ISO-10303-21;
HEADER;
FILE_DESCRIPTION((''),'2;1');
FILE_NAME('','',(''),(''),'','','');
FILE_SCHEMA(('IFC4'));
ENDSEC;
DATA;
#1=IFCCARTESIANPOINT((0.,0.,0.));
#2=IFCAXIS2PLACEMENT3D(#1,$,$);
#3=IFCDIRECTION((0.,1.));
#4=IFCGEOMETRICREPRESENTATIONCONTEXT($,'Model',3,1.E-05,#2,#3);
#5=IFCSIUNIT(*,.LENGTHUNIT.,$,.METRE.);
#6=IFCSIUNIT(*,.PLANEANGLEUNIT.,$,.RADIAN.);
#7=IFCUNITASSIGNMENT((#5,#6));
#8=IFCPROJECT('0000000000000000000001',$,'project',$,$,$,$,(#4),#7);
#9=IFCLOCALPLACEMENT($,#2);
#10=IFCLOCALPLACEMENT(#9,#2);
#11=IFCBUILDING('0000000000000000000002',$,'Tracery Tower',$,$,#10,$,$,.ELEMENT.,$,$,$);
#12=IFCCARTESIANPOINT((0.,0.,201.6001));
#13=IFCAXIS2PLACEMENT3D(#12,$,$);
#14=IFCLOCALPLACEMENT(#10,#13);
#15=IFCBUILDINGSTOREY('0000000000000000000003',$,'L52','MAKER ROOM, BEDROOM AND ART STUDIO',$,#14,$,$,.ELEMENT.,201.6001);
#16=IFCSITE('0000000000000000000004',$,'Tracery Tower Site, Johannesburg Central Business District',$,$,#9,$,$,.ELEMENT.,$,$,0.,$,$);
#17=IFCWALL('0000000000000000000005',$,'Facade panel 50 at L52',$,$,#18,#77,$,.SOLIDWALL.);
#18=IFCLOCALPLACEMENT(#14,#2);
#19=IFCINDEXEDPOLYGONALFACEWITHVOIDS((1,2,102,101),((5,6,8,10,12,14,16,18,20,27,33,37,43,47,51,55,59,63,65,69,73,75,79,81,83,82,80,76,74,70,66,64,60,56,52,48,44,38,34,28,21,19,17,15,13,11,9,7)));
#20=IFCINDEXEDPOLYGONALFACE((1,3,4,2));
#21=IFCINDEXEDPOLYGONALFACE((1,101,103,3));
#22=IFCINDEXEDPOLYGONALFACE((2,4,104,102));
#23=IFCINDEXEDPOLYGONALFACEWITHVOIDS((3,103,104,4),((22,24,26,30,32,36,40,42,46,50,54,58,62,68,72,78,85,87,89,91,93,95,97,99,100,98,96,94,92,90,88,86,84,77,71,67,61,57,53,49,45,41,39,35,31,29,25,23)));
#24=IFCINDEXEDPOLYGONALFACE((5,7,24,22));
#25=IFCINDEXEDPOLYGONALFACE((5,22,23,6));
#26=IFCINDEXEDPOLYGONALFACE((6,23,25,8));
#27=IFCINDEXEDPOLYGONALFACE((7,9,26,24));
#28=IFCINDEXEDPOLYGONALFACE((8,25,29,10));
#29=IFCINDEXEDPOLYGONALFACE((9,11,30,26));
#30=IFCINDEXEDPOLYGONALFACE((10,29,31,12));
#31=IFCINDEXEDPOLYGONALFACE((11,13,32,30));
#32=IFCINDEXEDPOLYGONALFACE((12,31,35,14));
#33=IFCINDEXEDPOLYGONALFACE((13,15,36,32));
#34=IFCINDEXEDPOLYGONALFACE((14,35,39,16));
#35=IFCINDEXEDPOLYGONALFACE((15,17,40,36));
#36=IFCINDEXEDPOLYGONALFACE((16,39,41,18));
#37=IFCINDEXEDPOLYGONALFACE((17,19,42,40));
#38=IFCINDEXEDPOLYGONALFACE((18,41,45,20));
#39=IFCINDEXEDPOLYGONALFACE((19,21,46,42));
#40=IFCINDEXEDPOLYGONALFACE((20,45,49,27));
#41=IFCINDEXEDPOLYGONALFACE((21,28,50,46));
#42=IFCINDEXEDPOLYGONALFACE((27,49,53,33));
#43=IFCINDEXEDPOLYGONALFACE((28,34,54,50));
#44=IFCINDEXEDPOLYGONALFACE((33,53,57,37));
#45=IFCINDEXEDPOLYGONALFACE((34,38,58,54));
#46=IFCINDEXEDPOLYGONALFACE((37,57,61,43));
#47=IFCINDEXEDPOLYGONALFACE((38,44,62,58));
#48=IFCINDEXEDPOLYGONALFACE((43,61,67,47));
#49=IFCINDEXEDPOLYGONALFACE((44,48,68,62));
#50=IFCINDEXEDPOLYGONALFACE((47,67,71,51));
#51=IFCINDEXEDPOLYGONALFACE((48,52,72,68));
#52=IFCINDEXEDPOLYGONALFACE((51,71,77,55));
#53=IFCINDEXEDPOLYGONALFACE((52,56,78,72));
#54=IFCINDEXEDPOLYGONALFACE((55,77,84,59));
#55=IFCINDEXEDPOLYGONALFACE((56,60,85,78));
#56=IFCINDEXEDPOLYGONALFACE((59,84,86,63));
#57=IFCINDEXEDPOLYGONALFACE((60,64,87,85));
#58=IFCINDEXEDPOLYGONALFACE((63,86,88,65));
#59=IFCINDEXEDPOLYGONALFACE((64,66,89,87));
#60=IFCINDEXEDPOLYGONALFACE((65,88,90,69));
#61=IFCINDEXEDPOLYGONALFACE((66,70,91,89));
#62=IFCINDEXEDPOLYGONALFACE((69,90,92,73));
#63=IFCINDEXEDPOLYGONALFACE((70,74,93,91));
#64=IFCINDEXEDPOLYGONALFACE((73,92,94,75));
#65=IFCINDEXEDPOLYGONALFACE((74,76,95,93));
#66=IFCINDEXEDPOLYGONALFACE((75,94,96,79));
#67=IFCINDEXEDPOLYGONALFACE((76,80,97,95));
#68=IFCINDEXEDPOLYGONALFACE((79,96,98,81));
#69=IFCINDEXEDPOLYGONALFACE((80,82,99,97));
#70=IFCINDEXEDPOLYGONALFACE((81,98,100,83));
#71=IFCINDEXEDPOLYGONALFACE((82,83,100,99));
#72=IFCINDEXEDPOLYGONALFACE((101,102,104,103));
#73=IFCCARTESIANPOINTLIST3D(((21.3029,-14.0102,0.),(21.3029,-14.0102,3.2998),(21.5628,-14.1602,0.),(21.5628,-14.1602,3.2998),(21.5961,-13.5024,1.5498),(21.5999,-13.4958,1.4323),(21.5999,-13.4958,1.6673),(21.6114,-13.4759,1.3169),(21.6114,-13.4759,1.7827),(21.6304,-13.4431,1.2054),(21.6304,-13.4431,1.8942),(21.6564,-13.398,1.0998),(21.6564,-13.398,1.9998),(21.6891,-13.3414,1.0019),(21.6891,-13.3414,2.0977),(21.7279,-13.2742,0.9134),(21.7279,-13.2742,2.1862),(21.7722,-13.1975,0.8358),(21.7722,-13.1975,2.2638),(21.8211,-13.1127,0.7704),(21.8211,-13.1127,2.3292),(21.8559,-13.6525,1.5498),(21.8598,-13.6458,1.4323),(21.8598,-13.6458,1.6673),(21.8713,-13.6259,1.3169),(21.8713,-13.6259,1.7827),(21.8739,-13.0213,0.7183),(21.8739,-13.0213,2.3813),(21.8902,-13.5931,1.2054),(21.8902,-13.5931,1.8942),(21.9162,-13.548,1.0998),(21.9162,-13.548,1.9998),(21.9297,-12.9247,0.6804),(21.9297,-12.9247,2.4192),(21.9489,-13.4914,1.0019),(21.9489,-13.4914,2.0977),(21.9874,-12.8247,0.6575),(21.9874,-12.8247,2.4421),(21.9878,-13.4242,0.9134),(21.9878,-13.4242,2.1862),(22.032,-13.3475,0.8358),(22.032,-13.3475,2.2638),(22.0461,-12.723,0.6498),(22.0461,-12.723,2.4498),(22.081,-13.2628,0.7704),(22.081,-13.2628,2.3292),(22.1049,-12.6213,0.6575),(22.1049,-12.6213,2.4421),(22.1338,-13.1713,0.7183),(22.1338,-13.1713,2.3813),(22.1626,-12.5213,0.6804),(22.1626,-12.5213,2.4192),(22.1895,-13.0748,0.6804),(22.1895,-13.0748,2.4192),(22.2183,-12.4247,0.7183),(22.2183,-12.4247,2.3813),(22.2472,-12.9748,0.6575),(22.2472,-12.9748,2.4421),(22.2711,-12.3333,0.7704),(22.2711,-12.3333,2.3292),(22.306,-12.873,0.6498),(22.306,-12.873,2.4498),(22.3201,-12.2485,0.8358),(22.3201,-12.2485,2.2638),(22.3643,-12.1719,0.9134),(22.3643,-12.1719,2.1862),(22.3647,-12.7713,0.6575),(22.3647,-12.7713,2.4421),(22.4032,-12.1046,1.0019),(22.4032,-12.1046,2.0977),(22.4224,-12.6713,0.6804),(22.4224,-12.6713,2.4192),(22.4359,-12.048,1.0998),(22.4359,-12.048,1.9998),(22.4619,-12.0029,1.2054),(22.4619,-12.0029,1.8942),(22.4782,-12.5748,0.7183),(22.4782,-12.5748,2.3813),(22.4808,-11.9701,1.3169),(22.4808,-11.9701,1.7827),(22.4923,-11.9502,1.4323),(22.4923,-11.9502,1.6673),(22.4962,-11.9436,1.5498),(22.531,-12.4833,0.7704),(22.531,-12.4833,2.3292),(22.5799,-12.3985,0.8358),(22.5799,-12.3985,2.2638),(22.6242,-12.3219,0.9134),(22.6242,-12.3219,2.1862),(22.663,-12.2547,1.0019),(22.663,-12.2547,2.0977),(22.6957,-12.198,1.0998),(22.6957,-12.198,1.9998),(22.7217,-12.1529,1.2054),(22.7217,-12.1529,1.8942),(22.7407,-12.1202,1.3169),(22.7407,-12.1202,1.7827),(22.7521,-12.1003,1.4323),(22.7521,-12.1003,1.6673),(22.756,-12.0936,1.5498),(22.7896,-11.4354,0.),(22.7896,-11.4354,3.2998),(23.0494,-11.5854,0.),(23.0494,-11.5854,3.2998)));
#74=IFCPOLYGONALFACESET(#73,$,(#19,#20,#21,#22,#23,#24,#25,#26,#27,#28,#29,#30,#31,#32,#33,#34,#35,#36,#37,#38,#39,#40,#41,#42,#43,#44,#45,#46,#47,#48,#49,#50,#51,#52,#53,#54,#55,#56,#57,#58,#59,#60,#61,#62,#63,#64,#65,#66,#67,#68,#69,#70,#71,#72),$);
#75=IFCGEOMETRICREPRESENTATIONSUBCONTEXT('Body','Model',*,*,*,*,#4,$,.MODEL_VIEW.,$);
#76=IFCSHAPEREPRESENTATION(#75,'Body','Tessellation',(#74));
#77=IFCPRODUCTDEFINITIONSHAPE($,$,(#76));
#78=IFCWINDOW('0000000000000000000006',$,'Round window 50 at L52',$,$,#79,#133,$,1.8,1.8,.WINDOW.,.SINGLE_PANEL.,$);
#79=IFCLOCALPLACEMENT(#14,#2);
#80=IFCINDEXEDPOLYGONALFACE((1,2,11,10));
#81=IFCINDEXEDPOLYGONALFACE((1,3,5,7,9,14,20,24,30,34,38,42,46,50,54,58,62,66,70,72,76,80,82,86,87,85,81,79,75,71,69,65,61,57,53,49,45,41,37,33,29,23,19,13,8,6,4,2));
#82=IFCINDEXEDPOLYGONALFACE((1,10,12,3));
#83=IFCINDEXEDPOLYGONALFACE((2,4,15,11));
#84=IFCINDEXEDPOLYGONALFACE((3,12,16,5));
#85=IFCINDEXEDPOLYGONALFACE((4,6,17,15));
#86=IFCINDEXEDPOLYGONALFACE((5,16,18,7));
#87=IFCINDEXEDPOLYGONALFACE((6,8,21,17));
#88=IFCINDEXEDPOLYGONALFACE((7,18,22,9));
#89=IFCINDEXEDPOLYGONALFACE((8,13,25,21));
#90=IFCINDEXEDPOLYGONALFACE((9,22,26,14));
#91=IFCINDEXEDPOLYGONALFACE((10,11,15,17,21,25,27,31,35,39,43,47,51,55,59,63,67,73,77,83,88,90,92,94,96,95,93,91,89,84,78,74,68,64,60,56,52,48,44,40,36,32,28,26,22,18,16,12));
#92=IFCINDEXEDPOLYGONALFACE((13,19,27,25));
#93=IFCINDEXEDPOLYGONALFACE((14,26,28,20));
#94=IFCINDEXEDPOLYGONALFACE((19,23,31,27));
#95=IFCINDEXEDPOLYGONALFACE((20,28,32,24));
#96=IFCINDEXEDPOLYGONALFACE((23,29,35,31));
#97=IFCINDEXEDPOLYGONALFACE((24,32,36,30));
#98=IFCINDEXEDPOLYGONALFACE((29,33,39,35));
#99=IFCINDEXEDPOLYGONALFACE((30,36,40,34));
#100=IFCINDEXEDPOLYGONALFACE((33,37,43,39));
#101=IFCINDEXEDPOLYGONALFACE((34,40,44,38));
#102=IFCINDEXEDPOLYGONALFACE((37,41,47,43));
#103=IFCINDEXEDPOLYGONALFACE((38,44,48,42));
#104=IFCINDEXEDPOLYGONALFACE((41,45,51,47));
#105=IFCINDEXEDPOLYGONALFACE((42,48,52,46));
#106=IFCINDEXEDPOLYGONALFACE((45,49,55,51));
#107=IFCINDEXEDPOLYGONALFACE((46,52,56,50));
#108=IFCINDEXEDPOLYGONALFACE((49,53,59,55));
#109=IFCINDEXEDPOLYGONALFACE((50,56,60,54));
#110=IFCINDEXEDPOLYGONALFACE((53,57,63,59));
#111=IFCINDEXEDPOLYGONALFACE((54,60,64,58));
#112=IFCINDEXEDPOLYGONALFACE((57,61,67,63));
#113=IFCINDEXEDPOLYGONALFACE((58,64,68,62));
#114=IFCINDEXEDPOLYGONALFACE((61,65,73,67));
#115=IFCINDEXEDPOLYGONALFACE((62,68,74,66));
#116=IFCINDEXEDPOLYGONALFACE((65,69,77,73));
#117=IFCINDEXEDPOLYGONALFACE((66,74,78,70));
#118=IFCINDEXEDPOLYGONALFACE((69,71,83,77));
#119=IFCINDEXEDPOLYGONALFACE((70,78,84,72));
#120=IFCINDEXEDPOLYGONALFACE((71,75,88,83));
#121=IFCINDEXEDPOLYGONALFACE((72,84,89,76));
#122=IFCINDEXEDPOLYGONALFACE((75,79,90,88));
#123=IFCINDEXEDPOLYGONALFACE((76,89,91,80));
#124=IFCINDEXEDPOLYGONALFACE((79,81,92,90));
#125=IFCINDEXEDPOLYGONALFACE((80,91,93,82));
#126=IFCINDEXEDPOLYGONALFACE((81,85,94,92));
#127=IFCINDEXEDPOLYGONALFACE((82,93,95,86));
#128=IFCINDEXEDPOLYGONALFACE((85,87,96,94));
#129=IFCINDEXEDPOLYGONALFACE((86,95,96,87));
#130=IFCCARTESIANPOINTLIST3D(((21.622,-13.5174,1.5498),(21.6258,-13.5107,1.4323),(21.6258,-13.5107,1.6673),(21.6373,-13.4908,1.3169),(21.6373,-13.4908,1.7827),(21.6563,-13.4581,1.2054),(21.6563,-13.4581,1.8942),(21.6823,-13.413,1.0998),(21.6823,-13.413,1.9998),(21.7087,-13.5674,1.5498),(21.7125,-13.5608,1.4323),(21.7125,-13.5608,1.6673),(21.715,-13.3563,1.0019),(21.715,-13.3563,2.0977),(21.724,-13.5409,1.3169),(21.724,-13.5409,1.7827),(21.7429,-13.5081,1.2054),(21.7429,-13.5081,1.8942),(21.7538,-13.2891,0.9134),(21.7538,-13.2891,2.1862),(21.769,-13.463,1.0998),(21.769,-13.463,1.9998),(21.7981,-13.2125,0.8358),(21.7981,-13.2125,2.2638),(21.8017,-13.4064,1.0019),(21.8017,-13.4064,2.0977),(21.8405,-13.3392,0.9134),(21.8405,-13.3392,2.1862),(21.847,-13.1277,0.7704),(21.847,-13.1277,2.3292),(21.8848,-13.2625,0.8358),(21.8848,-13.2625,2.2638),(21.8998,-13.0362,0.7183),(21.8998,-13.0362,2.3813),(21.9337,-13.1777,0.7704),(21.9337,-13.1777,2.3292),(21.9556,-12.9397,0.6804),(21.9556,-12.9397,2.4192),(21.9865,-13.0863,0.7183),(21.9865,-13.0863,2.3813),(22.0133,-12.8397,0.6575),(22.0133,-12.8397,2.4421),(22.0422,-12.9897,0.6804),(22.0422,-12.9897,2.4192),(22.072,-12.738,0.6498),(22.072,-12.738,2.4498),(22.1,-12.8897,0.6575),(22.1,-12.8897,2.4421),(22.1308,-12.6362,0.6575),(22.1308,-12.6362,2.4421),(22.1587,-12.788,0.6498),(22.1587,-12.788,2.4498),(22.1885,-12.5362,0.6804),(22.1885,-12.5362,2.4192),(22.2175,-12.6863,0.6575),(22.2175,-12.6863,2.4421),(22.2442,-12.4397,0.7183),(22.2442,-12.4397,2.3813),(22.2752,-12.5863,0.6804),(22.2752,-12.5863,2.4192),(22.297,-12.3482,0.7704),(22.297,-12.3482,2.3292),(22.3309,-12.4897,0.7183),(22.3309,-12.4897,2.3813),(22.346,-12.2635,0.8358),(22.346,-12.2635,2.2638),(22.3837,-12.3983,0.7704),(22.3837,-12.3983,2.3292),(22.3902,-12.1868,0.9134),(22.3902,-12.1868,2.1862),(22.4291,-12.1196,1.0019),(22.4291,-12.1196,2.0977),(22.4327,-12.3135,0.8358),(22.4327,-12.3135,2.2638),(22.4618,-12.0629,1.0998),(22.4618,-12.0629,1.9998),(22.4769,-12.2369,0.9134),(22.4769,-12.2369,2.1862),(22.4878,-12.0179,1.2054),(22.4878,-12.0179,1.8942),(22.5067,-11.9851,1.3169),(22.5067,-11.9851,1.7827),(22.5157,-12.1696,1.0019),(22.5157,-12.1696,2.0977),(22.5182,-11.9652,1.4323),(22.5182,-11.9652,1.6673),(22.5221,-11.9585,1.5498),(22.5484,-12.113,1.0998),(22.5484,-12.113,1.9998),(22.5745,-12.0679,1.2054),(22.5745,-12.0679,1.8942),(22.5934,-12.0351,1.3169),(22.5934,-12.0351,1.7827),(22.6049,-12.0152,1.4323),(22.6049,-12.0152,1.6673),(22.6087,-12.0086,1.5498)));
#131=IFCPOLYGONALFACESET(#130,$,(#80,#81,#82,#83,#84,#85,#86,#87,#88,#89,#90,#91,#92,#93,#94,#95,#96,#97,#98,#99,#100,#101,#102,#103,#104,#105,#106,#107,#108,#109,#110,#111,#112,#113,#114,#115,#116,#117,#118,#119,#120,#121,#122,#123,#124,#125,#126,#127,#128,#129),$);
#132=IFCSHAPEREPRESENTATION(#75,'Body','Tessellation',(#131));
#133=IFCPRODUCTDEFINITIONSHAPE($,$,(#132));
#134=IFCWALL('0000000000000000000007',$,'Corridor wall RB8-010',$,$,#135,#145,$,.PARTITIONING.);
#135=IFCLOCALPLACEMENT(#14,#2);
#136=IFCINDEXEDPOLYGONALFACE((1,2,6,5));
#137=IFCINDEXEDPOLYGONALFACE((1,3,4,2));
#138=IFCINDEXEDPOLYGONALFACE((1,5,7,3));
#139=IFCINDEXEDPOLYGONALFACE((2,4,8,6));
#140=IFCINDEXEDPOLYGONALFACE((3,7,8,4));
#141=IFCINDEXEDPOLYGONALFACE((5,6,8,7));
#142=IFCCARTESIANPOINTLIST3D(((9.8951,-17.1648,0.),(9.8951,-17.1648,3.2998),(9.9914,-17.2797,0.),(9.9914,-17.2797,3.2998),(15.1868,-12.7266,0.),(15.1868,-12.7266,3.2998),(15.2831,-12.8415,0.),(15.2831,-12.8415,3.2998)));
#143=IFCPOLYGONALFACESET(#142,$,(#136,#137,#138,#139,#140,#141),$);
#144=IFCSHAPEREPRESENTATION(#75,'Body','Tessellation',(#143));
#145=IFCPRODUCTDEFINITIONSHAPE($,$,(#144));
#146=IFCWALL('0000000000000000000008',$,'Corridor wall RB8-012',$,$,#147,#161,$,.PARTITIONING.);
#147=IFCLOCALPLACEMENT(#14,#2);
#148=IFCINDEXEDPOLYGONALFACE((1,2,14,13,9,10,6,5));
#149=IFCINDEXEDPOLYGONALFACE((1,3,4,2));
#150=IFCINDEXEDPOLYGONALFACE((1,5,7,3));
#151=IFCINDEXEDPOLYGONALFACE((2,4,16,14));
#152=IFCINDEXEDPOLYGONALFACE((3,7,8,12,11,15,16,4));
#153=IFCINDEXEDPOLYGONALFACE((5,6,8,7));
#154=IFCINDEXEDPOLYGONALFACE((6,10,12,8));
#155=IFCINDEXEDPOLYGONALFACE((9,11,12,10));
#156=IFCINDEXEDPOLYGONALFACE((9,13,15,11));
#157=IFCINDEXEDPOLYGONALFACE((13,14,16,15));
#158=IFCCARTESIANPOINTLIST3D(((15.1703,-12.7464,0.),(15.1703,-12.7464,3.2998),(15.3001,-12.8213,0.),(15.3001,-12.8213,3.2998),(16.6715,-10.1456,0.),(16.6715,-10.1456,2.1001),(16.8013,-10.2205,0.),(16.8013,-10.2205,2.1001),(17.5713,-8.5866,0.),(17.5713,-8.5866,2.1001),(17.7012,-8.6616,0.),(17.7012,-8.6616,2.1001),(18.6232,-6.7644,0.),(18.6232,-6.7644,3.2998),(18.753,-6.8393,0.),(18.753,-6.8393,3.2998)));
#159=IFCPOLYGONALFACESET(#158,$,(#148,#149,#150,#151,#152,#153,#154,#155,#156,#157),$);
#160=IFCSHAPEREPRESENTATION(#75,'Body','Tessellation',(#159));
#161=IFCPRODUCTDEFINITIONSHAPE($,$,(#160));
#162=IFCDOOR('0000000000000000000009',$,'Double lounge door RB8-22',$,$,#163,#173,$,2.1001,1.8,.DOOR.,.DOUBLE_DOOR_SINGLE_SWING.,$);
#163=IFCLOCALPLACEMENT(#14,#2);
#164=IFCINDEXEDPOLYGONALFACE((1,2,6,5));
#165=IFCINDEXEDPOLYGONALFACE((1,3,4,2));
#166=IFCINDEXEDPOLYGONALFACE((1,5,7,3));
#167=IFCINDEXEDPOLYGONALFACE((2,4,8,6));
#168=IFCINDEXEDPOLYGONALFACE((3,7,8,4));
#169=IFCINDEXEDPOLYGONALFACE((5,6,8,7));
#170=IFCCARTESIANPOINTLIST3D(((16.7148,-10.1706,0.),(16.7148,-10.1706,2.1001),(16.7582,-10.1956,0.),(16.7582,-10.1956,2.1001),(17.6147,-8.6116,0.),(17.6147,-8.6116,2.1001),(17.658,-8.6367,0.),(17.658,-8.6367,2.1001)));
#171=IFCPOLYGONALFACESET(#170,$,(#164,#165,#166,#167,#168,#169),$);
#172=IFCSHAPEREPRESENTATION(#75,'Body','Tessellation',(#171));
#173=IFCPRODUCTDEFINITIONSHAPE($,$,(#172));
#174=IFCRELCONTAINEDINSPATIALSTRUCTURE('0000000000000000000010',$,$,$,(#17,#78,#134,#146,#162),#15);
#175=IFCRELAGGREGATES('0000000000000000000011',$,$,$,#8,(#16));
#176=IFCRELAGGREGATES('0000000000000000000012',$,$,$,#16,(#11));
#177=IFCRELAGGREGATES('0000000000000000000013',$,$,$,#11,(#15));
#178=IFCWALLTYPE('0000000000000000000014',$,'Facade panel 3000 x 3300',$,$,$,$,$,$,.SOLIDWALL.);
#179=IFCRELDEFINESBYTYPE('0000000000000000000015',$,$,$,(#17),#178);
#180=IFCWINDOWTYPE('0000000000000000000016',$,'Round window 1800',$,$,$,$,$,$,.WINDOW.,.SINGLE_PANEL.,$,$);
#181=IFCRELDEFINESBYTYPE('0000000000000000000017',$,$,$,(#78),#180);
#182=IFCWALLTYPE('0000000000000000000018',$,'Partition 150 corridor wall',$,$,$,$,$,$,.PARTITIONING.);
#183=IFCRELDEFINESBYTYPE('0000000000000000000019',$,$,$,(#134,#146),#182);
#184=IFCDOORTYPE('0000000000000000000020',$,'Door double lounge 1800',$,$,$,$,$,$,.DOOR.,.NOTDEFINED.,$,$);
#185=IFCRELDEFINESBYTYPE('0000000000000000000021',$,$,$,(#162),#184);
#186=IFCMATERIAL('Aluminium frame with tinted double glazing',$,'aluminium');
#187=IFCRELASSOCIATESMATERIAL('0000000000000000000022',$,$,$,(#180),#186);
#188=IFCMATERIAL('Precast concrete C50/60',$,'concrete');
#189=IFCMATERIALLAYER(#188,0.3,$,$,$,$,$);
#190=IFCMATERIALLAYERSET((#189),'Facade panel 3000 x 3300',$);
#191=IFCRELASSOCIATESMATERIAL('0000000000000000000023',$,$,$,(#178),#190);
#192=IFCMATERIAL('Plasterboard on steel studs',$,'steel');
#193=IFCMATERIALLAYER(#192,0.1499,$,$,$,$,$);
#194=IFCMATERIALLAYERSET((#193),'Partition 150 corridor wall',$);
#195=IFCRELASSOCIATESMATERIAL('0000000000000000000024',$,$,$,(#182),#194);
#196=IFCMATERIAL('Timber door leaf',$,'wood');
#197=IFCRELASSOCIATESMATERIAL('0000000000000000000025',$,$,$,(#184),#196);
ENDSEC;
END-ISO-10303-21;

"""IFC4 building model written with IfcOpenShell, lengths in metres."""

from ifc_helpers import new_model, si_unit, direction, frame, frame_2d, origin, origin_2d, place, context, subcontext, project, spatial, rectangle, circle, extrude, material, layer, layer_set, type_object, element, fill, save


model = new_model("IFC4")

# Units and contexts
model_context = context("Model", 3, precision=1e-05, world=origin(), true_north=direction((0.0, 1.0)))
body_context = subcontext(model_context, "Body", "Model", "MODEL_VIEW")
ifc_project = project(units=[si_unit("LENGTHUNIT", "METRE"), si_unit("PLANEANGLEUNIT", "RADIAN")], contexts=[model_context])

# Site, building, storey
site_placement = place(None, origin())
site = spatial("IfcSite", under=ifc_project, at=site_placement, Name="Tracery Tower Site, Johannesburg Central Business District", CompositionType="ELEMENT", RefElevation=0.0)
building_placement = place(site_placement, origin())
building = spatial("IfcBuilding", under=site, at=building_placement, Name="Tracery Tower", CompositionType="ELEMENT")
storey_placement = place(building_placement, frame((0.0, 0.0, 201.6001)))
storey = spatial("IfcBuildingStorey", under=building, at=storey_placement, Name="L52", Description="MAKER ROOM, BEDROOM AND ART STUDIO", CompositionType="ELEMENT", Elevation=201.6001)

# Wall, opening, window
ifc_material_1 = material(Name="Aluminium frame with tinted double glazing", Category="aluminium")
window_type = type_object("IfcWindowType", Name="Round window 1800", PartitioningType="SINGLE_PANEL", PredefinedType="WINDOW", material=ifc_material_1)
ifc_material_2 = material(Name="Precast concrete C50/60", Category="concrete")
ifc_layer_1 = layer(ifc_material_2, 0.3)
ifc_layer_set_1 = layer_set([ifc_layer_1], Name="Facade panel 3000 x 3300")
wall_type_1 = type_object("IfcWallType", Name="Facade panel 3000 x 3300", PredefinedType="SOLIDWALL", material=ifc_layer_set_1)
wall_1_placement = place(storey_placement, frame((21.4329, -14.0852, 0.0), z_axis=(0.0, 0.0, 1.0), x_axis=(0.500016, 0.866016, 0.0)))
wall_1 = element("IfcWall", 1, at=wall_1_placement, inside=storey, type_object=wall_type_1, Name="Facade panel 50 at L52", PredefinedType="SOLIDWALL", context=body_context, shape_type="SweptSolid", body=[
    extrude(rectangle(XDim=2.9731, YDim=0.3, at=frame_2d((1.4866, 0.0))), origin(), (0.0, 0.0, 1.0), 3.2998),
])
opening_1_placement = place(wall_1_placement, frame((1.4863, 0.0, 1.5498)))
opening_1 = element("IfcOpeningElement", 2, at=opening_1_placement, cuts=wall_1, PredefinedType="OPENING", context=body_context, shape_type="SweptSolid", body=[
    extrude(circle(Radius=0.9, at=origin_2d()), frame((0.0, 0.1599, 0.0), z_axis=(0.0, -1.0, 0.0), x_axis=(1.0, 0.0, 0.0)), (0.0, 0.0, 1.0), 0.3201),
])
window_1_placement = place(opening_1_placement, origin())
window_1 = element("IfcWindow", 3, at=window_1_placement, inside=storey, type_object=window_type, Name="Round window 50 at L52", OverallHeight=1.8, OverallWidth=1.8, PartitioningType="SINGLE_PANEL", PredefinedType="WINDOW", context=body_context, shape_type="SweptSolid", body=[
    extrude(circle(Radius=0.9, at=origin_2d()), frame((0.0, 0.1201, 0.0), z_axis=(0.0, -1.0, 0.0), x_axis=(1.0, 0.0, 0.0)), (0.0, 0.0, 1.0), 0.1001),
])
fill(opening_1, window_1)

# Wall
ifc_material_3 = material(Name="Plasterboard on steel studs", Category="steel")
ifc_layer_2 = layer(ifc_material_3, 0.1499)
ifc_layer_set_2 = layer_set([ifc_layer_2], Name="Partition 150 corridor wall")
wall_type_2 = type_object("IfcWallType", Name="Partition 150 corridor wall", PredefinedType="PARTITIONING", material=ifc_layer_set_2)
wall_2_placement = place(storey_placement, frame((9.9434, -17.2222, 0.0), z_axis=(0.0, 0.0, 1.0), x_axis=(0.766192, 0.642612, 0.0)))
element("IfcWall", 4, at=wall_2_placement, inside=storey, type_object=wall_type_2, Name="Corridor wall RB8-010", PredefinedType="PARTITIONING", context=body_context, shape_type="SweptSolid", body=[
    extrude(rectangle(XDim=6.9065, YDim=0.1499, at=frame_2d((3.4531, 0.0))), origin(), (0.0, 0.0, 1.0), 3.2998),
])

# Wall, opening, door
wall_3_placement = place(storey_placement, frame((15.2351, -12.7839, 0.0), z_axis=(0.0, 0.0, 1.0), x_axis=(0.499914, 0.866075, 0.0)))
wall_3 = element("IfcWall", 5, at=wall_3_placement, inside=storey, type_object=wall_type_2, Name="Corridor wall RB8-012", PredefinedType="PARTITIONING", context=body_context, shape_type="SweptSolid", body=[
    extrude(rectangle(XDim=6.907, YDim=0.1499, at=frame_2d((3.4536, 0.0))), origin(), (0.0, 0.0, 1.0), 3.2998),
])
opening_2_placement = place(wall_3_placement, frame((3.0032, 0.0, 0.0)))
opening_2 = element("IfcOpeningElement", 6, at=opening_2_placement, cuts=wall_3, PredefinedType="OPENING", context=body_context, shape_type="SweptSolid", body=[
    extrude(rectangle(XDim=1.8, YDim=2.1001, at=frame_2d((0.8999, 1.05))), frame((0.0, 0.075, 0.0), z_axis=(0.0, -1.0, 0.0), x_axis=(1.0, 0.0, 0.0)), (0.0, 0.0, 1.0), 0.1499),
])
ifc_material_4 = material(Name="Timber door leaf", Category="wood")
door_type = type_object("IfcDoorType", Name="Door double lounge 1800", OperationType="NOTDEFINED", PredefinedType="DOOR", material=ifc_material_4)
door_placement = place(opening_2_placement, origin())
door = element("IfcDoor", 7, at=door_placement, inside=storey, type_object=door_type, Name="Double lounge door RB8-22", OperationType="DOUBLE_DOOR_SINGLE_SWING", OverallHeight=2.1001, OverallWidth=1.8, PredefinedType="DOOR", context=body_context, shape_type="SweptSolid", body=[
    extrude(rectangle(XDim=1.8, YDim=2.1001, at=frame_2d((0.8999, 1.05))), frame((0.0, 0.0249, 0.0), z_axis=(0.0, -1.0, 0.0), x_axis=(1.0, 0.0, 0.0)), (0.0, 0.0, 1.0), 0.05),
])
fill(opening_2, door)

save(model, "model.ifc")
